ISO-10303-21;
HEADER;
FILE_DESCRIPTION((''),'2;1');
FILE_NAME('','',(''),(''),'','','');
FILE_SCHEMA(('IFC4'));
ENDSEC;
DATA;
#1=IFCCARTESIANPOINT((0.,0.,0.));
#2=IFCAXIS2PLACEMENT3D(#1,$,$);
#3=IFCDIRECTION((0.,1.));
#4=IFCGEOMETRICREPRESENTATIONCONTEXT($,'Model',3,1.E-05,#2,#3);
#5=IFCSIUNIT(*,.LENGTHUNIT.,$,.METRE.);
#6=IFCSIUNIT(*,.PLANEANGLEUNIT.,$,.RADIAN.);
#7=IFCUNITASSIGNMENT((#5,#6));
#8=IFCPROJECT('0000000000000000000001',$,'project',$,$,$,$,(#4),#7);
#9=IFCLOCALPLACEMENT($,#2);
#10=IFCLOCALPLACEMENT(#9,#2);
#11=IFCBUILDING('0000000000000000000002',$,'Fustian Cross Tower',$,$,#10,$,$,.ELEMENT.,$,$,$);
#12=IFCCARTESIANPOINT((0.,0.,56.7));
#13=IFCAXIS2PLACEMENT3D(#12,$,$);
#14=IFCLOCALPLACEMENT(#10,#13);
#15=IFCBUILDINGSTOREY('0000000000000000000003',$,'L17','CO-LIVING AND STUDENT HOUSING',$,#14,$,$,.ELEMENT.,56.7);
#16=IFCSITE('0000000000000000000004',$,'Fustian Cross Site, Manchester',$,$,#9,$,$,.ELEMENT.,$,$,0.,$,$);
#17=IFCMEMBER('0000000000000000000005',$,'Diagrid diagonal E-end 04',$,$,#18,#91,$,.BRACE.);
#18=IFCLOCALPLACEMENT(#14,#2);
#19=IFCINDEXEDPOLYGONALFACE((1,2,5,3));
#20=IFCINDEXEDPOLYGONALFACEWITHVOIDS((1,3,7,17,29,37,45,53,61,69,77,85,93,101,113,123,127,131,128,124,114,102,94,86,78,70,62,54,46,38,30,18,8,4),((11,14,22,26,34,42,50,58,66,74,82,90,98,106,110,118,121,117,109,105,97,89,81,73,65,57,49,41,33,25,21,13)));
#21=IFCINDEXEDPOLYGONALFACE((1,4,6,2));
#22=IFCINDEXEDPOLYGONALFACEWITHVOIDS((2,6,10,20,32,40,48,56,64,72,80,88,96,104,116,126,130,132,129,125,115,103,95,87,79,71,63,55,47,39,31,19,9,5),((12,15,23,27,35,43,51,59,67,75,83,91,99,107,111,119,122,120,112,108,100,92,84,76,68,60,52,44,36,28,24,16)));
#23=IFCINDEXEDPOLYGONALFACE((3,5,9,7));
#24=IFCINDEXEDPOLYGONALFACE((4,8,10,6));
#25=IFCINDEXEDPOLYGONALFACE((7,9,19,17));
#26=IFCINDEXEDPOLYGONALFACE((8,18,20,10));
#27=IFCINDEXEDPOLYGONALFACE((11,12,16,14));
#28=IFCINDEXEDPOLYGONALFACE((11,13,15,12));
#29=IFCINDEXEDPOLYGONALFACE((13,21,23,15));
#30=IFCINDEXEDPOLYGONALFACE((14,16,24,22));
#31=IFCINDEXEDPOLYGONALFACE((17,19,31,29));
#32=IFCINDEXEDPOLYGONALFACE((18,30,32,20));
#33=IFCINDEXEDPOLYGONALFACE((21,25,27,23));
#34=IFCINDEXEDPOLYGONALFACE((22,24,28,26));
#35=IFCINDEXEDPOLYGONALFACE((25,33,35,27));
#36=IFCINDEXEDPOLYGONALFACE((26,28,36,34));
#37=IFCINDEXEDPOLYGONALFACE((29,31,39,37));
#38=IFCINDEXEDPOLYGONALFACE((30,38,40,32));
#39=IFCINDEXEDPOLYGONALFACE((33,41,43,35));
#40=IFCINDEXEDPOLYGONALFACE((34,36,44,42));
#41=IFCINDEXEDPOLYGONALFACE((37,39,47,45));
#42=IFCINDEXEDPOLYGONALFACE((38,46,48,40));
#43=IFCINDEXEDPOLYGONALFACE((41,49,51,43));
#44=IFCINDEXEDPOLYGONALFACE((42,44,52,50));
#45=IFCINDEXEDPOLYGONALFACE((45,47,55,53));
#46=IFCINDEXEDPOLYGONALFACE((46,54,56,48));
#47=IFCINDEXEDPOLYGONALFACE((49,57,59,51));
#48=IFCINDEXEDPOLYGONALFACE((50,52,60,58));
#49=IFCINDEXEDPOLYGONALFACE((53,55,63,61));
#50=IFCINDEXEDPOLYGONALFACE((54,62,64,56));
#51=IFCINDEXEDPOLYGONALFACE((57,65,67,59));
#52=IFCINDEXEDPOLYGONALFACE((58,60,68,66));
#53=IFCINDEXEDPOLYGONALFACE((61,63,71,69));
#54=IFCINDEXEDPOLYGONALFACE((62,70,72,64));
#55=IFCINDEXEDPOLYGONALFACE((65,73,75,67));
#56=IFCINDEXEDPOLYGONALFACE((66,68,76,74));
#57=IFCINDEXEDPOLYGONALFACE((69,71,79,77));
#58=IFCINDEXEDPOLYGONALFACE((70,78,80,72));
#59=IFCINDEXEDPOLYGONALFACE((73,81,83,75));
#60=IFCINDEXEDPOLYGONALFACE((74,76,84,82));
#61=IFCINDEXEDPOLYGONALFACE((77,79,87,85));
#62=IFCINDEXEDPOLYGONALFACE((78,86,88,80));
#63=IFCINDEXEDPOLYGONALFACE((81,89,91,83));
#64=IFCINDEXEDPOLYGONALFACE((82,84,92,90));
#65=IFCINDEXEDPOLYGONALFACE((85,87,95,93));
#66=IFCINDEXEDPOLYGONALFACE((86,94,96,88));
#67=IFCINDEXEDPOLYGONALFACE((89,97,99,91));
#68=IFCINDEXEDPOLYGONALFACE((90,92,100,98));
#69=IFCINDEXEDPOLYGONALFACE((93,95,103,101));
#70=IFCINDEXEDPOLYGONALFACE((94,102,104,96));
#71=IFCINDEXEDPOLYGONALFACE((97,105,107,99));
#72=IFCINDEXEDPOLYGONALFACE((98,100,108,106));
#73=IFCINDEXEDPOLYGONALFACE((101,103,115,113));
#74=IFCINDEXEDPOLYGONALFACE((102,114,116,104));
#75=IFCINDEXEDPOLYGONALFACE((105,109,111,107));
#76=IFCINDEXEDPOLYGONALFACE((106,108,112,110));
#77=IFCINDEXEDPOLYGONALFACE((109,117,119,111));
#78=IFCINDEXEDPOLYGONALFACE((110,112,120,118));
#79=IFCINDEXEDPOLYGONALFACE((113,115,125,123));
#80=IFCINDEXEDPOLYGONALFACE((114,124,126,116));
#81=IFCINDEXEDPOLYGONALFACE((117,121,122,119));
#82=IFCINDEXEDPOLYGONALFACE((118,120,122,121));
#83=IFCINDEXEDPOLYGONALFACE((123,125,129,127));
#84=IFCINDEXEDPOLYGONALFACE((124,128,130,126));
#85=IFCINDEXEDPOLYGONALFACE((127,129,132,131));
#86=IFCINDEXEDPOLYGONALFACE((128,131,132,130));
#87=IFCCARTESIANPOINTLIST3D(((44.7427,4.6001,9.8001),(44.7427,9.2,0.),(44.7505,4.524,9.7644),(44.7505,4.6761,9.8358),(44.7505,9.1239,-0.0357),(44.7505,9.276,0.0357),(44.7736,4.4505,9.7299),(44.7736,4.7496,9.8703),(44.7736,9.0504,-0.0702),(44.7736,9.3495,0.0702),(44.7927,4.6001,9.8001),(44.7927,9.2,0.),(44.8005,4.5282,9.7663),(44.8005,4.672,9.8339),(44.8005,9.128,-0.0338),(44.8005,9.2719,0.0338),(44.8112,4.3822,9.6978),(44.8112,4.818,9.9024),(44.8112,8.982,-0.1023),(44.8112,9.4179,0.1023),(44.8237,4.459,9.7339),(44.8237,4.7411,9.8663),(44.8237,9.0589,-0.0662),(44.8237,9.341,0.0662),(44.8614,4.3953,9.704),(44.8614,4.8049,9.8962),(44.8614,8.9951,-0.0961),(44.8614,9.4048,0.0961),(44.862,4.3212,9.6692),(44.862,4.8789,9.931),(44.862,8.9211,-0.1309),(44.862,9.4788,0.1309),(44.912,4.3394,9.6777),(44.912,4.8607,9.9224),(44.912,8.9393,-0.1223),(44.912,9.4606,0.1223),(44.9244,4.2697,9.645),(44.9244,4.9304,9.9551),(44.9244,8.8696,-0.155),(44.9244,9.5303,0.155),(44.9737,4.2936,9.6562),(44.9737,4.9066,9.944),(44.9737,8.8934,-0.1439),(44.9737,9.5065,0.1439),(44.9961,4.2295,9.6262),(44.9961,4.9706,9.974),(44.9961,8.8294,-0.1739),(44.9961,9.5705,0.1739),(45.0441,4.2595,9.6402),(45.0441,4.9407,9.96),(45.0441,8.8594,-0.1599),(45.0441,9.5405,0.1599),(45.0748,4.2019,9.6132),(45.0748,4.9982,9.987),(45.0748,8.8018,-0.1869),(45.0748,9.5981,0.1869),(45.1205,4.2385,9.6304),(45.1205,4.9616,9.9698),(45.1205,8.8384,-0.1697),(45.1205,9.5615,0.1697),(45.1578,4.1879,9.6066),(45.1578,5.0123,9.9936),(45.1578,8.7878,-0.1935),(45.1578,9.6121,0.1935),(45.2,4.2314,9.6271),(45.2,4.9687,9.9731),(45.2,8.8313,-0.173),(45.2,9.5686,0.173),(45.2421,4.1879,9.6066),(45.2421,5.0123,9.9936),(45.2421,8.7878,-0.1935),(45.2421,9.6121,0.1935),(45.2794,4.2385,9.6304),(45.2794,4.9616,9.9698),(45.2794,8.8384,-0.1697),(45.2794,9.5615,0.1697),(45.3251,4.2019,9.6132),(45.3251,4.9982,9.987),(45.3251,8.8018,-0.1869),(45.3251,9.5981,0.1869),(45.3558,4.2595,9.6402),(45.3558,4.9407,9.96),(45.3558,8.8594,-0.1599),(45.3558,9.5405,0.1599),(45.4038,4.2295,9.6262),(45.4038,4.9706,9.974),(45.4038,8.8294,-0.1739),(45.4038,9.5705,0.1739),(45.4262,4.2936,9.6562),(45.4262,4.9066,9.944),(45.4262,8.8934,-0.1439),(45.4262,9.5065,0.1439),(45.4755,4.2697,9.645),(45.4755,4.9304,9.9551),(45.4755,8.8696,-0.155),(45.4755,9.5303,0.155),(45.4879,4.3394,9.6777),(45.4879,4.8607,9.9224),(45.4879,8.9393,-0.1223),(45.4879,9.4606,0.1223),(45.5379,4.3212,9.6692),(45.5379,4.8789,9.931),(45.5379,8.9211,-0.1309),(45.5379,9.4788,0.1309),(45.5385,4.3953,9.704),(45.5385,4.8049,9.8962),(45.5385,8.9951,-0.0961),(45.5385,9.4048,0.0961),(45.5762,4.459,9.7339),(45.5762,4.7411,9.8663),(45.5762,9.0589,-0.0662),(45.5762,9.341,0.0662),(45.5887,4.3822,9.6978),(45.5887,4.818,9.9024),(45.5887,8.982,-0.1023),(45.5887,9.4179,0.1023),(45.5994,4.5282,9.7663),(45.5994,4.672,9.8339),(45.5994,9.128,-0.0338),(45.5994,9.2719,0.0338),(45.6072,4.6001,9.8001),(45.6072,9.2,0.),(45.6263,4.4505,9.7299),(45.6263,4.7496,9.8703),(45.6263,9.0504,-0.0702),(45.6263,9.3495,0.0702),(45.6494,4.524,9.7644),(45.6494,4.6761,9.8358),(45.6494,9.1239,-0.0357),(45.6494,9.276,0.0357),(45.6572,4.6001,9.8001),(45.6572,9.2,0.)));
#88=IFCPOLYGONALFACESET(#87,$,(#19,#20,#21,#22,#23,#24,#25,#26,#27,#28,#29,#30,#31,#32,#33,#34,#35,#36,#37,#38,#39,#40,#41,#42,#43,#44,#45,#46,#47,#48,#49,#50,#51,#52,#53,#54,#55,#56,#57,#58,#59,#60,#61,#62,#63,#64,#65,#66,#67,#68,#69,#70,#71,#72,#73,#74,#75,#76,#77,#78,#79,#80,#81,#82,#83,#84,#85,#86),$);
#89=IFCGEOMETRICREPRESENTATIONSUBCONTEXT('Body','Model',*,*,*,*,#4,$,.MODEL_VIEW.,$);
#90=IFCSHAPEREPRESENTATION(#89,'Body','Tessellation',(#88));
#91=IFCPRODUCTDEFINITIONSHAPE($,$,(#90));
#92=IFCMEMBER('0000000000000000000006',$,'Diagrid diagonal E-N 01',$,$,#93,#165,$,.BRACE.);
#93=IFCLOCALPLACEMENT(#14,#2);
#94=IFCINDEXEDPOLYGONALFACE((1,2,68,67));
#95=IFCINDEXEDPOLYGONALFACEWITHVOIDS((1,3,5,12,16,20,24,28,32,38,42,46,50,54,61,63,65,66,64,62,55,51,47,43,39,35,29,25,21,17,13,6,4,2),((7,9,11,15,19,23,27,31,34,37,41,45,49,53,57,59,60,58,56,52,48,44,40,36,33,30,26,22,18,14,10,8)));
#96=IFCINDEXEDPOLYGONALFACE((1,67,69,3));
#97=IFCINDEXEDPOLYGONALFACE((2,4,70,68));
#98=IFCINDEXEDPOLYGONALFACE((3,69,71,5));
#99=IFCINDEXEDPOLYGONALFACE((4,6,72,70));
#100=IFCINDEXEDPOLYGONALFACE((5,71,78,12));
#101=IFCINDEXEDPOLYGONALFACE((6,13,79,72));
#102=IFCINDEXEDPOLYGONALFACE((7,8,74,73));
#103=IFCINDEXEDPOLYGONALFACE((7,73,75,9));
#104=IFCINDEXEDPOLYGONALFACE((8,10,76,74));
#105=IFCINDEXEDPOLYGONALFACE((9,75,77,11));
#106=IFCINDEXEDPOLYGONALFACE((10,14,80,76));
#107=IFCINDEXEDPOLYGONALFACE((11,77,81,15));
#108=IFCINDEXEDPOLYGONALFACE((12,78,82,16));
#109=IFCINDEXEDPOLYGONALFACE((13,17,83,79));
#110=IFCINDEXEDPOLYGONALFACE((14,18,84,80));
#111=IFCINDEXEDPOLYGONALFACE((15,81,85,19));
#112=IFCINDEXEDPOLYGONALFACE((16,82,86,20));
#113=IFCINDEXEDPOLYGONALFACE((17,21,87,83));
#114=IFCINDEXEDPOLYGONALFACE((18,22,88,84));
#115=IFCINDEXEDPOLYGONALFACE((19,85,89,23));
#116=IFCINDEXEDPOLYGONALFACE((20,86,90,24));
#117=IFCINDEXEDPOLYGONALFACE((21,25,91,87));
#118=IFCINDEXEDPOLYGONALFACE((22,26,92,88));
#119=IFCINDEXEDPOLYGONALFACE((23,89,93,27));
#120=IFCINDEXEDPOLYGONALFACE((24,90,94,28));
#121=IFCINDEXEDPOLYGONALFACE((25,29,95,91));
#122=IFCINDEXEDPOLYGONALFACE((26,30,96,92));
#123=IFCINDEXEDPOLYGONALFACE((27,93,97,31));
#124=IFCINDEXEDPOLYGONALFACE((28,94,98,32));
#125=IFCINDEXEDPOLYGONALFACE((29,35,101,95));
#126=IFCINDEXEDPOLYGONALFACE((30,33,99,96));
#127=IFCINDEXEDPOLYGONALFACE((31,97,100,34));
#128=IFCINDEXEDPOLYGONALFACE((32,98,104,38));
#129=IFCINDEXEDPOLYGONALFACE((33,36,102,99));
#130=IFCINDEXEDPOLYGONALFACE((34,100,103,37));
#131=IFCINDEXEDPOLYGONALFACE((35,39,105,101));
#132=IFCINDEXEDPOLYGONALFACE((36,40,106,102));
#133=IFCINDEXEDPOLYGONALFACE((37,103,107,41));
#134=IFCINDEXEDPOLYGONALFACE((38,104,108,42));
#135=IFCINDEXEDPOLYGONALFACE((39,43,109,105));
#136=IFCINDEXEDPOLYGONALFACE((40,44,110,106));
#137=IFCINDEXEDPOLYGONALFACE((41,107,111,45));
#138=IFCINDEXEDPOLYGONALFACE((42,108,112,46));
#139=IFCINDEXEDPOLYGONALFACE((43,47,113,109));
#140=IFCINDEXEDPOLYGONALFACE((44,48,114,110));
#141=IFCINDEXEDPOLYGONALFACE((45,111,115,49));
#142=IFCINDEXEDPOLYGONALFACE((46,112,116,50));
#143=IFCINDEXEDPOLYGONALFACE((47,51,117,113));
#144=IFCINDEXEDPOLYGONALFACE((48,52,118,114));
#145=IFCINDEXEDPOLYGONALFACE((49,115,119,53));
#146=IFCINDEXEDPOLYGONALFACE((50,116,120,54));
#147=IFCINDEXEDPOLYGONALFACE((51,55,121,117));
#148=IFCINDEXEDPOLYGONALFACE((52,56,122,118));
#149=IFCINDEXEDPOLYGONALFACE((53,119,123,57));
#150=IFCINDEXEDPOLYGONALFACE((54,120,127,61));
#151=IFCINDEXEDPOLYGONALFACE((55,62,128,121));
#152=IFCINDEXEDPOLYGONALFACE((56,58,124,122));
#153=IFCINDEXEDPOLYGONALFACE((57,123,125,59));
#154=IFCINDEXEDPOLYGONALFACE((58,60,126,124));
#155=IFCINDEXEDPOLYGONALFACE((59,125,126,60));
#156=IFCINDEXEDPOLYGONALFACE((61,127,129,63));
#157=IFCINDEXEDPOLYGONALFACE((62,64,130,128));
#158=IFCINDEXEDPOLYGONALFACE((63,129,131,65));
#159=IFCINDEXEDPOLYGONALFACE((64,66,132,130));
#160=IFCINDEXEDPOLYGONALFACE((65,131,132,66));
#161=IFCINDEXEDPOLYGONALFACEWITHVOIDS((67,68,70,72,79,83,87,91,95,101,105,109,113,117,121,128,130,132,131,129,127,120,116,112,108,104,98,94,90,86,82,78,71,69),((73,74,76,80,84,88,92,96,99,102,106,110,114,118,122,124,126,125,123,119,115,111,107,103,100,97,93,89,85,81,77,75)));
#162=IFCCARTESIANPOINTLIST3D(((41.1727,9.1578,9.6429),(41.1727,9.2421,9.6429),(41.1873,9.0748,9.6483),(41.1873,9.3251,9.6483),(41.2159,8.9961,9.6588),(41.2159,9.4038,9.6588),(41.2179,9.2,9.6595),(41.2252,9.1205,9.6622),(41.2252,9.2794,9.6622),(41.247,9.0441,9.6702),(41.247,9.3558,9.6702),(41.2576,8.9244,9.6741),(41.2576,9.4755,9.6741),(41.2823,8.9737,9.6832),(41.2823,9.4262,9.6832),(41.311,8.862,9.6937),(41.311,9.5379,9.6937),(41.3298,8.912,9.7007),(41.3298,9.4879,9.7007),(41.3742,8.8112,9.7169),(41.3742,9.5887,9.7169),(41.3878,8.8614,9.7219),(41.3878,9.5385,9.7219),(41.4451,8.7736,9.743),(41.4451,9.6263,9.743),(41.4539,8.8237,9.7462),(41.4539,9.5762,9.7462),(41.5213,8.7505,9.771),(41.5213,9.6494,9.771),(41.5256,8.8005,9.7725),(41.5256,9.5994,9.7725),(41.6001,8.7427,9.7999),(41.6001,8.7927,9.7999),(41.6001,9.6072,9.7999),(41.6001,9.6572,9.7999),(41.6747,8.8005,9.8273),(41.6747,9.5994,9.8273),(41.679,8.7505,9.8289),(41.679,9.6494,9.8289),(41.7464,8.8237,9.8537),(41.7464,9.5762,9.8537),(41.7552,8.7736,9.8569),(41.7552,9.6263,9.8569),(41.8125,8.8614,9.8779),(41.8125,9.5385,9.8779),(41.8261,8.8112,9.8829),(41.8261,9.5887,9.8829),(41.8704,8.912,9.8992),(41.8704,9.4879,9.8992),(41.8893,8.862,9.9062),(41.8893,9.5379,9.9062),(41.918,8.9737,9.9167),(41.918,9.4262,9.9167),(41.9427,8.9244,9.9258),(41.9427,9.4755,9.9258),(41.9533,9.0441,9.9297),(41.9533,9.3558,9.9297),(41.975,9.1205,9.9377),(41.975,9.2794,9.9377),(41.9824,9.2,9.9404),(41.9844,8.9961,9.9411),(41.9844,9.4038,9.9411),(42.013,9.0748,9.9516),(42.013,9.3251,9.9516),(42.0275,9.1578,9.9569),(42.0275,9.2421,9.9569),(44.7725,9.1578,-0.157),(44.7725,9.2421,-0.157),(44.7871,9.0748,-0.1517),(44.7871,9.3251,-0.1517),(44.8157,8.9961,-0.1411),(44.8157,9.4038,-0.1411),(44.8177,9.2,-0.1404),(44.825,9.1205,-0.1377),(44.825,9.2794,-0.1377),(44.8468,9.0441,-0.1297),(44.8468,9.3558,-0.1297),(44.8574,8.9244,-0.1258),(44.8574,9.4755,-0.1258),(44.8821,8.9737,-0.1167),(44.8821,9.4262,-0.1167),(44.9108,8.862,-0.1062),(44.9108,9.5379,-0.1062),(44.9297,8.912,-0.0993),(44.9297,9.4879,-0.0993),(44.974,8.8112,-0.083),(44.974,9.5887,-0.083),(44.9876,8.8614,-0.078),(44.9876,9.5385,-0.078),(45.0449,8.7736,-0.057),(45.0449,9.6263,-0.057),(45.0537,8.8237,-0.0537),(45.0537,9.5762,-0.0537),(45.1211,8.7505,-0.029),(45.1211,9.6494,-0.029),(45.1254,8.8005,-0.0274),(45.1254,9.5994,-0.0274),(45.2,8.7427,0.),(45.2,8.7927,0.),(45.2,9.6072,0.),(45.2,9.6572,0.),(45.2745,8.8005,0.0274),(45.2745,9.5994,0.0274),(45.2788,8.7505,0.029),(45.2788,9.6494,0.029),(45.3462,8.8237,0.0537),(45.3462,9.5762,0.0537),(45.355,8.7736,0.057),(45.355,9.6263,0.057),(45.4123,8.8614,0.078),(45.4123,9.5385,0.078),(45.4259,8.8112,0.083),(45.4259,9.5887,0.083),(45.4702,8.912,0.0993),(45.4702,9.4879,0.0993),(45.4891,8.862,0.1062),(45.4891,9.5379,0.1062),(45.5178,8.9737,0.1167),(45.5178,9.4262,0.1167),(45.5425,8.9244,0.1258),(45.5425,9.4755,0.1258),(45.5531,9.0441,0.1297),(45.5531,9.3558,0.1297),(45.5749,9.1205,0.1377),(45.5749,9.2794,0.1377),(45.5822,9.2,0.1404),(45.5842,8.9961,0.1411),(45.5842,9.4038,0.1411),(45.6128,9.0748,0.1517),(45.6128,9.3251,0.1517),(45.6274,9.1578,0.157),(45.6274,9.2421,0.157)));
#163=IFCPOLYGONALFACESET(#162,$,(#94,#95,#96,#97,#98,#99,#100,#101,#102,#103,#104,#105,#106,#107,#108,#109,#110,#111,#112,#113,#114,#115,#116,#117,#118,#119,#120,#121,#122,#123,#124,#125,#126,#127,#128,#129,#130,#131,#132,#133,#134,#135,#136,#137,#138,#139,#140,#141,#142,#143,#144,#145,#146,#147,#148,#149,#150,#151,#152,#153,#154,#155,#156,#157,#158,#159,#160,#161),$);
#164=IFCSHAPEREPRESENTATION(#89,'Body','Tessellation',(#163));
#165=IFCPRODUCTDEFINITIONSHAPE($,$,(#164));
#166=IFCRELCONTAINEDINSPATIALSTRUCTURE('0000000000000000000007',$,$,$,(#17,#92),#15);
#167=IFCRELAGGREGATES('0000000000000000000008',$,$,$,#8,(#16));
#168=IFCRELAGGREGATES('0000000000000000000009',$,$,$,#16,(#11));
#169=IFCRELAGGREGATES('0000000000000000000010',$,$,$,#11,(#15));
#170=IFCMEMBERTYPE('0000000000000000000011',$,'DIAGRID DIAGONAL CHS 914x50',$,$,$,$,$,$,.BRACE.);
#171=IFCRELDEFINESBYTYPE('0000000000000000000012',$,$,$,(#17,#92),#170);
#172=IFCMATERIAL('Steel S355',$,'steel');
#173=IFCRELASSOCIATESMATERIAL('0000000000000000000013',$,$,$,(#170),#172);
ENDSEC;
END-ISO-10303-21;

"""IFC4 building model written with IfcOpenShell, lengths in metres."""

from ifc_helpers import new_model, si_unit, direction, frame, origin, origin_2d, place, context, subcontext, project, spatial, hollow_circle, extrude, material, material_profile, profile_set, type_object, element, save


model = new_model("IFC4")

# Units and contexts
model_context = context("Model", 3, precision=1e-05, world=origin(), true_north=direction((0.0, 1.0)))
body_context = subcontext(model_context, "Body", "Model", "MODEL_VIEW")
ifc_project = project(units=[si_unit("LENGTHUNIT", "METRE"), si_unit("PLANEANGLEUNIT", "RADIAN")], contexts=[model_context])

# Site, building, storey
site_placement = place(None, origin())
site = spatial("IfcSite", under=ifc_project, at=site_placement, Name="Fustian Cross Site, Manchester", CompositionType="ELEMENT", RefElevation=0.0)
building_placement = place(site_placement, origin())
building = spatial("IfcBuilding", under=site, at=building_placement, Name="Fustian Cross Tower", CompositionType="ELEMENT")
storey_placement = place(building_placement, frame((0.0, 0.0, 56.7)))
storey = spatial("IfcBuildingStorey", under=building, at=storey_placement, Name="L17", Description="CO-LIVING AND STUDENT HOUSING", CompositionType="ELEMENT", Elevation=56.7)

# Members
ifc_material_1 = material(Name="Steel S355", Category="steel")
ifc_material_profile_1 = material_profile(ifc_material_1, hollow_circle(Radius=0.4573, WallThickness=0.05, at=origin_2d()), Name="CHS 914x50")
ifc_profile_set_1 = profile_set([ifc_material_profile_1], Name="Steel S355")
member_type_1 = type_object("IfcMemberType", Name="DIAGRID DIAGONAL CHS 914x50", PredefinedType="BRACE", material=ifc_profile_set_1)
member_1_placement = place(storey_placement, frame((45.2, 9.2, 0.0), z_axis=(0.0, -0.424894, 0.905243), x_axis=(1.0, 0.0, 0.0)))
element("IfcMember", 1, at=member_1_placement, inside=storey, type_object=member_type_1, Name="Diagrid diagonal E-end 04", PredefinedType="BRACE", context=body_context, shape_type="SweptSolid", body=[
    extrude(hollow_circle(Radius=0.4573, WallThickness=0.05, at=origin_2d()), origin(), (0.0, 0.0, 1.0), 10.8259),
])
member_2_placement = place(storey_placement, frame((45.2, 9.2, 0.0), z_axis=(-0.344804, 0.0, 0.938675), x_axis=(0.0, -1.0, 0.0)))
element("IfcMember", 2, at=member_2_placement, inside=storey, type_object=member_type_1, Name="Diagrid diagonal E-N 01", PredefinedType="BRACE", context=body_context, shape_type="SweptSolid", body=[
    extrude(hollow_circle(Radius=0.4573, WallThickness=0.05, at=origin_2d()), origin(), (0.0, 0.0, 1.0), 10.4402),
])

save(model, "model.ifc")
